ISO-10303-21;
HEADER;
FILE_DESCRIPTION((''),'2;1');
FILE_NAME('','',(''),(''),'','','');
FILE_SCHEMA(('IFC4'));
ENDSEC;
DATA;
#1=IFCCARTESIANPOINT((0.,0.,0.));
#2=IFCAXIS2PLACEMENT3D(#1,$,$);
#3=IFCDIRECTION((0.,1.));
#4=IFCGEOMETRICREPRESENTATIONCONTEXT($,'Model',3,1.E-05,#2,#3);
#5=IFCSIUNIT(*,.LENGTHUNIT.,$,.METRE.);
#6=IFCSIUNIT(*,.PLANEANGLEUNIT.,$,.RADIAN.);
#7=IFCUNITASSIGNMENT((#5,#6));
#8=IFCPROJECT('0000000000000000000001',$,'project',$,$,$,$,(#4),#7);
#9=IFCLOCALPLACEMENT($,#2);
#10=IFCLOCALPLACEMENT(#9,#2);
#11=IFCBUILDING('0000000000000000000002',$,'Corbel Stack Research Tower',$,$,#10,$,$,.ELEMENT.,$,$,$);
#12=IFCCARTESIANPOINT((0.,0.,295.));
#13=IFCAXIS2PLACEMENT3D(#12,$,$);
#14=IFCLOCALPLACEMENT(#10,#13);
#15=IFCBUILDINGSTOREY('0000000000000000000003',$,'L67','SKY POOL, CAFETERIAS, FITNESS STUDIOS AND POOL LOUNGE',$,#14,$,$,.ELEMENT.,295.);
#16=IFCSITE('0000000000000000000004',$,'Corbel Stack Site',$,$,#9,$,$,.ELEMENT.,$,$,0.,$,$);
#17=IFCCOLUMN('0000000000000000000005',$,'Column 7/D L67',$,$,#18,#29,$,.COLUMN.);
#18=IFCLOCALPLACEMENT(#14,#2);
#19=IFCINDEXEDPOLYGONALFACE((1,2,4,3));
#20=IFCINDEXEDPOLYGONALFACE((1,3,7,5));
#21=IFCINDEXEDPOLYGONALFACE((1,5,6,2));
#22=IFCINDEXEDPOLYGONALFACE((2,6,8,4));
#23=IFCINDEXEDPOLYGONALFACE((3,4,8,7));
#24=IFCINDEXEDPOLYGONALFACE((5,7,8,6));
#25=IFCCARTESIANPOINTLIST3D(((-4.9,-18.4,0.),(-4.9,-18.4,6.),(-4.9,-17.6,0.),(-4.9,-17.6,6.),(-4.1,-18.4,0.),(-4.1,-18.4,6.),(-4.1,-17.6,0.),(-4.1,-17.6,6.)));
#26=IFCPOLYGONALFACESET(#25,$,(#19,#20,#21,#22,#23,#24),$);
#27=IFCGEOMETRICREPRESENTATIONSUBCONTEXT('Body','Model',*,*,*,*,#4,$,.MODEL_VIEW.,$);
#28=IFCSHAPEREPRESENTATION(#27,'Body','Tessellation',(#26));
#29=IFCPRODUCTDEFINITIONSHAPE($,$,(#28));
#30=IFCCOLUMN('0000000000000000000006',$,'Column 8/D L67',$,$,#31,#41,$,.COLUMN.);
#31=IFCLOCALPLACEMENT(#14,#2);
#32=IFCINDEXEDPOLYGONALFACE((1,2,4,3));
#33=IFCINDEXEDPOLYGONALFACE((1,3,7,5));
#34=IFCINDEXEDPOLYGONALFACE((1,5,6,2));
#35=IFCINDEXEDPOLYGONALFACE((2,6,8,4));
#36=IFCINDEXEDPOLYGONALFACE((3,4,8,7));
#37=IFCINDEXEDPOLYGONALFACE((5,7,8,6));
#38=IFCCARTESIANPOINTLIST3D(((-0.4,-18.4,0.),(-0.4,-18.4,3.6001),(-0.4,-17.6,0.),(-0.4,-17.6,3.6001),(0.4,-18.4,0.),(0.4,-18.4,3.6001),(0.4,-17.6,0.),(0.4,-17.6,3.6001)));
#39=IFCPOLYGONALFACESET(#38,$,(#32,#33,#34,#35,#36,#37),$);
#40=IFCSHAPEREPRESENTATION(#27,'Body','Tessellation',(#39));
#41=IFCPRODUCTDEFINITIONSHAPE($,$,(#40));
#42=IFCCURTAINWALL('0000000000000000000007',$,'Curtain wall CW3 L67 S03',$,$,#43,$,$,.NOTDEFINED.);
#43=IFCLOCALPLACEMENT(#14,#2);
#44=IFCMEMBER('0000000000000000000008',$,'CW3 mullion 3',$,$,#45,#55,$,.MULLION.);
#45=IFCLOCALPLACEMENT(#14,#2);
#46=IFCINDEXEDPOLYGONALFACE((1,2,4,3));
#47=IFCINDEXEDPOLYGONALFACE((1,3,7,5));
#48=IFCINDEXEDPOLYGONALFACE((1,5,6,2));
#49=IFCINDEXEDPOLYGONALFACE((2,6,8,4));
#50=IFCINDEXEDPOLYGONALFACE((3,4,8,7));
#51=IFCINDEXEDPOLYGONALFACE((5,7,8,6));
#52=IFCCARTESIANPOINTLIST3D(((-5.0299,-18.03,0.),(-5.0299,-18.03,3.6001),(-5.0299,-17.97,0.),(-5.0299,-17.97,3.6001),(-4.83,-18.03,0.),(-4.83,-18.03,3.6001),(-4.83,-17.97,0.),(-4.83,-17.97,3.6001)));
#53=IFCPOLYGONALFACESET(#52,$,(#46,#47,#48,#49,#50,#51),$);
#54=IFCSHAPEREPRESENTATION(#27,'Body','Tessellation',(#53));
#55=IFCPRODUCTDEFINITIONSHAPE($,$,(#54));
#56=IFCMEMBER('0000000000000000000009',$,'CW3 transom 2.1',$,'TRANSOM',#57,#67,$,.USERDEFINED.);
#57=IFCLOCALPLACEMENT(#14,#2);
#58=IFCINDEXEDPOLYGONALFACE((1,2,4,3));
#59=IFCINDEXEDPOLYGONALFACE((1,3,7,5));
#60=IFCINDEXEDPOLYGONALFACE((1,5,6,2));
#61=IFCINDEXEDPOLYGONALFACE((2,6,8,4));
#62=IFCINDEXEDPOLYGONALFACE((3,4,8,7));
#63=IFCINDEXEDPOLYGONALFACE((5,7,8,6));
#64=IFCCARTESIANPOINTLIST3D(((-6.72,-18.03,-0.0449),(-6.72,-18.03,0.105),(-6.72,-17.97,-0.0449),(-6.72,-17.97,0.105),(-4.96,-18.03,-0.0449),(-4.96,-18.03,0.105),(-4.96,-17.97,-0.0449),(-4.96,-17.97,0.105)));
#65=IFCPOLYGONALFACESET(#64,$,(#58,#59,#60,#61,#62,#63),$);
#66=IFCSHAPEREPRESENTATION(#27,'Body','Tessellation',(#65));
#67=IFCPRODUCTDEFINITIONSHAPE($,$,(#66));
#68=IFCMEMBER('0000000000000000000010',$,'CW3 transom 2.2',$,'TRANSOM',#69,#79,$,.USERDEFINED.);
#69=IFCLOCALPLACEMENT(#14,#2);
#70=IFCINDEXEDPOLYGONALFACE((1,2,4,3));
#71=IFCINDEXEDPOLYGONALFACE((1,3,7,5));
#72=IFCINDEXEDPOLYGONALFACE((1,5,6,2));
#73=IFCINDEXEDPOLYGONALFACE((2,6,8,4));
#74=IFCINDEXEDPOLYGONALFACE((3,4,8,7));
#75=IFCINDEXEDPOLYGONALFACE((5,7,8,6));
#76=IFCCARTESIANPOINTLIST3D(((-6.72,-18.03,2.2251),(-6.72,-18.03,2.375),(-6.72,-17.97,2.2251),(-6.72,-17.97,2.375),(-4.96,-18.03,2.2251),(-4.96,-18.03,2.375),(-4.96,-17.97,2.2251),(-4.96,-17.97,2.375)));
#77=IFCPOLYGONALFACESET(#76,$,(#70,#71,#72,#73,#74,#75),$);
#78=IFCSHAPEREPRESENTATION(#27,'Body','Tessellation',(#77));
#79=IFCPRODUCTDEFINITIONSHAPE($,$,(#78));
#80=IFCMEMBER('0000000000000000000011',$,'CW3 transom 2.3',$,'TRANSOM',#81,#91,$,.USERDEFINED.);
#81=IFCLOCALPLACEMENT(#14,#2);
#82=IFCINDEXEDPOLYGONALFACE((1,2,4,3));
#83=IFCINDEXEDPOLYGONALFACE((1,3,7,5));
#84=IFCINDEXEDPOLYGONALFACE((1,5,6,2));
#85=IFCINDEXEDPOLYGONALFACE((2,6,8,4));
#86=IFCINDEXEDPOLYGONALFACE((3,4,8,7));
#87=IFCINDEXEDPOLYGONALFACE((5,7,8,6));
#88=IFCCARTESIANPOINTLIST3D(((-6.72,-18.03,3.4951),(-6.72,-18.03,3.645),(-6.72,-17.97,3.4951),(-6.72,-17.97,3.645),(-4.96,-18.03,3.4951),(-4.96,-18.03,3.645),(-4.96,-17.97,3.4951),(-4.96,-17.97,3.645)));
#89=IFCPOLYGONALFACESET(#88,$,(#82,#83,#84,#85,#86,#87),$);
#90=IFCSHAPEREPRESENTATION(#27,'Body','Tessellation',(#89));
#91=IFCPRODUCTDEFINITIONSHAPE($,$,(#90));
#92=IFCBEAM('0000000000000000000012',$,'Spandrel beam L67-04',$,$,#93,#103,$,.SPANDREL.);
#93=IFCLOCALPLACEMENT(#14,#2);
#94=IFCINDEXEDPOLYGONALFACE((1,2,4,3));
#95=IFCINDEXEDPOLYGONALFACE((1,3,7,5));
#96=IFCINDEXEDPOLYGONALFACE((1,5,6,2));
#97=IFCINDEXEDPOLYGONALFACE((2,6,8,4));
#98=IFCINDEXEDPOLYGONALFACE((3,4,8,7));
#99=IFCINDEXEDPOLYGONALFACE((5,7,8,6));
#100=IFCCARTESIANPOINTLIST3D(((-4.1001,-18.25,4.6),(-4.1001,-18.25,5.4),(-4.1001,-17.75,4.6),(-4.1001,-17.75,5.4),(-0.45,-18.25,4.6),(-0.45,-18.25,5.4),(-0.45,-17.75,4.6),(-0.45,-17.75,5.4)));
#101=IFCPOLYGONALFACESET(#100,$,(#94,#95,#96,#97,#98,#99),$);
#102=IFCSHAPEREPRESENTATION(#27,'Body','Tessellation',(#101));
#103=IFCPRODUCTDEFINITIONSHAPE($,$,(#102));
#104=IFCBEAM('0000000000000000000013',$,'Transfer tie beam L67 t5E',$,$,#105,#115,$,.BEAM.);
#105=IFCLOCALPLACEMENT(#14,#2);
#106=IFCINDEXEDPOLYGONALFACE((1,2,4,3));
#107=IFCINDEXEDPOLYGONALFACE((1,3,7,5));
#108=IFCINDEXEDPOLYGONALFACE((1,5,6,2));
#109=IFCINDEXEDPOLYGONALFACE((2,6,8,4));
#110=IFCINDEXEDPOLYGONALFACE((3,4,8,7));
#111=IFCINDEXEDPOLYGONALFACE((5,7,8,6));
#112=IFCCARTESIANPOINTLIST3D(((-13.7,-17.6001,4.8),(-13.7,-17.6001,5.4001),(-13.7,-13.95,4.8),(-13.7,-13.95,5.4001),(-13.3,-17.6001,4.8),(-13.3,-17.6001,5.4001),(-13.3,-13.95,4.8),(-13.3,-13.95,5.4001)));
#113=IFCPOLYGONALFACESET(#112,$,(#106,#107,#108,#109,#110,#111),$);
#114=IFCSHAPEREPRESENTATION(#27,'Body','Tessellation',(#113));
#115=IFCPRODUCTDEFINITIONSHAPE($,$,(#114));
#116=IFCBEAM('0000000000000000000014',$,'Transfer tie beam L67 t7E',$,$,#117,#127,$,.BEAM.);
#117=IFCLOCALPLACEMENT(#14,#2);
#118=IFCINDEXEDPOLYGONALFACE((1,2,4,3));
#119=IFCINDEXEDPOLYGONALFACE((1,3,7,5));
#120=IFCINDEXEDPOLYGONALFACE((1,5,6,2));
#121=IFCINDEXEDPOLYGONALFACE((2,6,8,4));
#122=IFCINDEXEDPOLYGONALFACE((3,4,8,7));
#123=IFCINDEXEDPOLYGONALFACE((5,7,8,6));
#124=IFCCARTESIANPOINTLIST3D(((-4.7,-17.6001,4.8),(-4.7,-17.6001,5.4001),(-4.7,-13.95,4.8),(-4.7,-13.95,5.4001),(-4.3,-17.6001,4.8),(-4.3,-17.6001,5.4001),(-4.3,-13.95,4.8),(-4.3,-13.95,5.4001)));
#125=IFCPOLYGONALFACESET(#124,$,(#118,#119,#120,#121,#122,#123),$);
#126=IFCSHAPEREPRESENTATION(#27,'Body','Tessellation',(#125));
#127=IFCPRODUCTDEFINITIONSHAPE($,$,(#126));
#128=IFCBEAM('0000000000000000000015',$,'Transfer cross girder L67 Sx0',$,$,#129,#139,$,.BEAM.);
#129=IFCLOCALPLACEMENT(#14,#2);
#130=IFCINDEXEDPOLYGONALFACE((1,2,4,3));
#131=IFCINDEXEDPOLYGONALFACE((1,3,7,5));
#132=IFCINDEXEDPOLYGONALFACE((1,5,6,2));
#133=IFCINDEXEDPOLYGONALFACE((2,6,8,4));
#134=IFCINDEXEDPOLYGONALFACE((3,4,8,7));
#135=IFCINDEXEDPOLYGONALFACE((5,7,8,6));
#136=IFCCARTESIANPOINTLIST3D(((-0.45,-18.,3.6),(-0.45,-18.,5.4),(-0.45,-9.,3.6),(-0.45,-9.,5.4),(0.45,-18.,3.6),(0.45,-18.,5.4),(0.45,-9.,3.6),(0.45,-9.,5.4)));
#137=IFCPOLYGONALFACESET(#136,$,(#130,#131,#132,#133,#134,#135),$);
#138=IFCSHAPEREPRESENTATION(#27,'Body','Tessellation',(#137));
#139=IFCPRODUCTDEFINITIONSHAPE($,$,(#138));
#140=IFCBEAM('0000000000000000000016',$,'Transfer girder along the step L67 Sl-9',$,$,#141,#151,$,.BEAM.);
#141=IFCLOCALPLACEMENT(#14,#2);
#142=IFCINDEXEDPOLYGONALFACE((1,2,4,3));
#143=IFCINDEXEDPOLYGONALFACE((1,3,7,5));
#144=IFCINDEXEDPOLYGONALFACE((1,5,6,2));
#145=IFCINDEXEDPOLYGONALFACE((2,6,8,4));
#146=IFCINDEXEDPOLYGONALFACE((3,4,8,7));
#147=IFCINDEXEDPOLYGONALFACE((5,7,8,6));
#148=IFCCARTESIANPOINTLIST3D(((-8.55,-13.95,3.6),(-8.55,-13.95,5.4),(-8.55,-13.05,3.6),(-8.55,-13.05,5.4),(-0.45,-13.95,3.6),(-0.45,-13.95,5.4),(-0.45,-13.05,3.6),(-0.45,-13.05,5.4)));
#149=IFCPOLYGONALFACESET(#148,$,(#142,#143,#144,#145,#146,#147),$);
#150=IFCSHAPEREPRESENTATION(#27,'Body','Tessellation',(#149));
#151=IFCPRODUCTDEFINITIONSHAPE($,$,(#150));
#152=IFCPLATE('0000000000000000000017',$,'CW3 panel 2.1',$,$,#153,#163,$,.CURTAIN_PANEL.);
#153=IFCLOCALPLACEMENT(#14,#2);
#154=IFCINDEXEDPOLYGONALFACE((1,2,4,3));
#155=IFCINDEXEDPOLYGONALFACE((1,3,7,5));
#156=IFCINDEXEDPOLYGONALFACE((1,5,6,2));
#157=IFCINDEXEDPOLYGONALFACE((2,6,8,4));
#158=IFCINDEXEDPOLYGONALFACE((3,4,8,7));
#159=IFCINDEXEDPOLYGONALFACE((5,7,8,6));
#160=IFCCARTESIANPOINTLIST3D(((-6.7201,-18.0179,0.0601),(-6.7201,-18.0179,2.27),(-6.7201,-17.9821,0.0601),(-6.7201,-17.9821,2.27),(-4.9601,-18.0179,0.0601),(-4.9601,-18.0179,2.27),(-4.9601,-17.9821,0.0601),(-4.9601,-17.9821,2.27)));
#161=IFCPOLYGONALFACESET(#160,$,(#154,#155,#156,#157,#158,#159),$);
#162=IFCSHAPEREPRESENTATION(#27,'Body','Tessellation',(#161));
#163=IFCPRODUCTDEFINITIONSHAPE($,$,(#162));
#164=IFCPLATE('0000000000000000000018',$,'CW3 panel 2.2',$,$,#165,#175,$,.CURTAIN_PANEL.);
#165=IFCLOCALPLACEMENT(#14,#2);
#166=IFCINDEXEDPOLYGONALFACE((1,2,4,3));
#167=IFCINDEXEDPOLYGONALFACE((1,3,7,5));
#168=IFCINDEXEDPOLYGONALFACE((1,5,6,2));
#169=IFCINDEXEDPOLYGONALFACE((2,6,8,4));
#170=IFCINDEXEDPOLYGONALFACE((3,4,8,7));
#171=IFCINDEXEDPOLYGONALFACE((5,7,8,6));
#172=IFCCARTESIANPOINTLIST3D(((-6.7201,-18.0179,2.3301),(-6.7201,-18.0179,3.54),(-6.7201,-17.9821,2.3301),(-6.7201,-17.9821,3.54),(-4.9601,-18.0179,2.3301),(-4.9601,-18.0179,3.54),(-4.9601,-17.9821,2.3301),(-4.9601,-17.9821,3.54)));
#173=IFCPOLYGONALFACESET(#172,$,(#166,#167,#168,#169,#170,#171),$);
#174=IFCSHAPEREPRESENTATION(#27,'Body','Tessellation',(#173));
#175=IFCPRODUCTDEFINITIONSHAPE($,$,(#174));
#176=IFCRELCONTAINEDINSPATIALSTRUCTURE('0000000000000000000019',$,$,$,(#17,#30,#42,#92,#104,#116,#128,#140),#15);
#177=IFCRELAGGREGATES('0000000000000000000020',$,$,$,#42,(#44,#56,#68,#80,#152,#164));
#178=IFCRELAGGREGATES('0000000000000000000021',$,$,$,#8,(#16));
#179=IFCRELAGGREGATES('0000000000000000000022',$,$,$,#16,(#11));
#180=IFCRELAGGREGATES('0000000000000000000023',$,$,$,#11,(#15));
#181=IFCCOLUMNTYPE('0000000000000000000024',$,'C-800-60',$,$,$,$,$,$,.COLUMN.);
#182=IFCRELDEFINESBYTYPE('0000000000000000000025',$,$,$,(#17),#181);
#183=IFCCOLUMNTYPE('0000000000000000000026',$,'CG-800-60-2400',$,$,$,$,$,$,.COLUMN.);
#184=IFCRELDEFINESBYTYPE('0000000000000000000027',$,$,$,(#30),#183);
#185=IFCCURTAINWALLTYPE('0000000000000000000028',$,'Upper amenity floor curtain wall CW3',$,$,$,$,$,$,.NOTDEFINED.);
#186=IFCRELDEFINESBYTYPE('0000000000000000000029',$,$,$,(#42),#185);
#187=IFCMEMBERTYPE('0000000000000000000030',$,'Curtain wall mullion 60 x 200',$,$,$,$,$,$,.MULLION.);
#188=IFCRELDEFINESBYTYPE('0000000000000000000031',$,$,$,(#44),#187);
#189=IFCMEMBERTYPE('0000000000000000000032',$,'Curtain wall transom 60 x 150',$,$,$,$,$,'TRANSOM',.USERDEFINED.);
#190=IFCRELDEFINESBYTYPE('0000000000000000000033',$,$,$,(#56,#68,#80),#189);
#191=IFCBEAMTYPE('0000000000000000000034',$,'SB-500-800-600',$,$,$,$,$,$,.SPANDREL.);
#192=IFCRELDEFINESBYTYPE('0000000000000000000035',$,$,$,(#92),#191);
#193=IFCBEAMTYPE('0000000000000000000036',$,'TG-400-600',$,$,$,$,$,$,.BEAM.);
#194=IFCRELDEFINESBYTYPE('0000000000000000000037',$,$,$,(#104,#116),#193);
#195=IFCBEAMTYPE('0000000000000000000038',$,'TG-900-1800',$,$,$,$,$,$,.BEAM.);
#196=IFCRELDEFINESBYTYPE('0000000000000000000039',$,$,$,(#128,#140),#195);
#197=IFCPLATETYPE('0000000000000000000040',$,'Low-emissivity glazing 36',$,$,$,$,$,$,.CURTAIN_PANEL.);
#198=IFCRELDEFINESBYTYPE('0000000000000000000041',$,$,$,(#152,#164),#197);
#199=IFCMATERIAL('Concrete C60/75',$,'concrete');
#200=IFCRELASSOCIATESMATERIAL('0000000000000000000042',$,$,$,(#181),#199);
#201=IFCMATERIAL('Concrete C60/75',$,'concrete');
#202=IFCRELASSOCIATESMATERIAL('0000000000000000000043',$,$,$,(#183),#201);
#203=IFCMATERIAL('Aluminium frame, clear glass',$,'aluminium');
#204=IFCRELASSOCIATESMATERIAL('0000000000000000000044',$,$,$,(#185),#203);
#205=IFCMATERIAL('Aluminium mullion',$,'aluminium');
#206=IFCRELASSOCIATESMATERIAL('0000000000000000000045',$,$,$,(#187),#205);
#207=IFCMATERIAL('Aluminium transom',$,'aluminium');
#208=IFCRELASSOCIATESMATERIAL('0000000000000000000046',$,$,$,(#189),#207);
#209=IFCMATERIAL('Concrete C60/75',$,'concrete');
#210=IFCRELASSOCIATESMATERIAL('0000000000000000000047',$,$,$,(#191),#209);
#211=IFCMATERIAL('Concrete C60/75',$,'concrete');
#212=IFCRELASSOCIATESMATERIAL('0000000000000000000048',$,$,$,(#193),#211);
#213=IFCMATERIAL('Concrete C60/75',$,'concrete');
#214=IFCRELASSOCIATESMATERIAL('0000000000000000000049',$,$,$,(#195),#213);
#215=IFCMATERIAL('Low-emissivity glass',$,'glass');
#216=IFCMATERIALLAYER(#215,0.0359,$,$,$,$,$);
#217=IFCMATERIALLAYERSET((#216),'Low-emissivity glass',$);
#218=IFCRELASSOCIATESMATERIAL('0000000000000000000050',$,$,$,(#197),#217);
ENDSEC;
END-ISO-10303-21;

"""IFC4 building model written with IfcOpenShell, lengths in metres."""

from ifc_helpers import new_model, si_unit, direction, frame, origin, origin_2d, place, context, subcontext, project, spatial, rectangle, extrude, material, layer, layer_set, material_profile, profile_set, type_object, element, aggregate, save


model = new_model("IFC4")

# Units and contexts
model_context = context("Model", 3, precision=1e-05, world=origin(), true_north=direction((0.0, 1.0)))
body_context = subcontext(model_context, "Body", "Model", "MODEL_VIEW")
ifc_project = project(units=[si_unit("LENGTHUNIT", "METRE"), si_unit("PLANEANGLEUNIT", "RADIAN")], contexts=[model_context])

# Site, building, storey
site_placement = place(None, origin())
site = spatial("IfcSite", under=ifc_project, at=site_placement, Name="Corbel Stack Site", CompositionType="ELEMENT", RefElevation=0.0)
building_placement = place(site_placement, origin())
building = spatial("IfcBuilding", under=site, at=building_placement, Name="Corbel Stack Research Tower", CompositionType="ELEMENT")
storey_placement = place(building_placement, frame((0.0, 0.0, 295.0)))
storey = spatial("IfcBuildingStorey", under=building, at=storey_placement, Name="L67", Description="SKY POOL, CAFETERIAS, FITNESS STUDIOS AND POOL LOUNGE", CompositionType="ELEMENT", Elevation=295.0)

# Columns
ifc_material_1 = material(Name="Concrete C60/75", Category="concrete")
ifc_material_profile_1 = material_profile(ifc_material_1, rectangle(XDim=0.8, YDim=0.8, at=origin_2d()), Name="RC 800 x 800")
ifc_profile_set_1 = profile_set([ifc_material_profile_1], Name="Concrete C60/75")
column_type_1 = type_object("IfcColumnType", Name="C-800-60", PredefinedType="COLUMN", material=ifc_profile_set_1)
column_1_placement = place(storey_placement, frame((-4.5, -18.0, 0.0), z_axis=(0.0, 0.0, 1.0), x_axis=(1.0, 0.0, 0.0)))
element("IfcColumn", 1, at=column_1_placement, inside=storey, type_object=column_type_1, Name="Column 7/D L67", PredefinedType="COLUMN", context=body_context, shape_type="SweptSolid", body=[
    extrude(rectangle(XDim=0.8, YDim=0.8, at=origin_2d()), origin(), (0.0, 0.0, 1.0), 6.0),
])
ifc_material_2 = material(Name="Concrete C60/75", Category="concrete")
ifc_material_profile_2 = material_profile(ifc_material_2, rectangle(XDim=0.8, YDim=0.8, at=origin_2d()), Name="RC 800 x 800")
ifc_profile_set_2 = profile_set([ifc_material_profile_2], Name="Concrete C60/75")
column_type_2 = type_object("IfcColumnType", Name="CG-800-60-2400", PredefinedType="COLUMN", material=ifc_profile_set_2)
column_2_placement = place(storey_placement, frame((0.0, -18.0, 0.0), z_axis=(0.0, 0.0, 1.0), x_axis=(1.0, 0.0, 0.0)))
element("IfcColumn", 2, at=column_2_placement, inside=storey, type_object=column_type_2, Name="Column 8/D L67", PredefinedType="COLUMN", context=body_context, shape_type="SweptSolid", body=[
    extrude(rectangle(XDim=0.8, YDim=0.8, at=origin_2d()), origin(), (0.0, 0.0, 1.0), 3.6001),
])

# Curtain wall, members
ifc_material_3 = material(Name="Aluminium frame, clear glass", Category="aluminium")
curtain_wall_type = type_object("IfcCurtainWallType", Name="Upper amenity floor curtain wall CW3", PredefinedType="NOTDEFINED", material=ifc_material_3)
curtain_wall_placement = place(storey_placement, origin())
curtain_wall = element("IfcCurtainWall", 3, at=curtain_wall_placement, inside=storey, type_object=curtain_wall_type, Name="Curtain wall CW3 L67 S03", PredefinedType="NOTDEFINED")
ifc_material_4 = material(Name="Aluminium mullion", Category="aluminium")
ifc_material_profile_3 = material_profile(ifc_material_4, rectangle(XDim=0.0601, YDim=0.2, at=origin_2d()), Name="Mullion 60 x 200")
ifc_profile_set_3 = profile_set([ifc_material_profile_3], Name="Aluminium mullion")
member_type_1 = type_object("IfcMemberType", Name="Curtain wall mullion 60 x 200", PredefinedType="MULLION", material=ifc_profile_set_3)
member_1_placement = place(storey_placement, frame((-4.9299, -18.0, 0.0), z_axis=(0.0, 0.0, 1.0), x_axis=(0.0, 1.0, 0.0)))
member_1 = element("IfcMember", 4, at=member_1_placement, type_object=member_type_1, Name="CW3 mullion 3", PredefinedType="MULLION", context=body_context, shape_type="SweptSolid", body=[
    extrude(rectangle(XDim=0.0601, YDim=0.2, at=origin_2d()), origin(), (0.0, 0.0, 1.0), 3.6001),
])
ifc_material_5 = material(Name="Aluminium transom", Category="aluminium")
ifc_material_profile_4 = material_profile(ifc_material_5, rectangle(XDim=0.0601, YDim=0.1499, at=origin_2d()), Name="Transom 60 x 150")
ifc_profile_set_4 = profile_set([ifc_material_profile_4], Name="Aluminium transom")
member_type_2 = type_object("IfcMemberType", Name="Curtain wall transom 60 x 150", ElementType="TRANSOM", PredefinedType="USERDEFINED", material=ifc_profile_set_4)
member_2_placement = place(storey_placement, frame((-6.72, -18.0, 0.03), z_axis=(1.0, 0.0, 0.0), x_axis=(0.0, 1.0, 0.0)))
member_2 = element("IfcMember", 5, at=member_2_placement, type_object=member_type_2, Name="CW3 transom 2.1", ObjectType="TRANSOM", PredefinedType="USERDEFINED", context=body_context, shape_type="SweptSolid", body=[
    extrude(rectangle(XDim=0.0601, YDim=0.1499, at=origin_2d()), origin(), (0.0, 0.0, 1.0), 1.76),
])
member_3_placement = place(storey_placement, frame((-6.72, -18.0, 2.3), z_axis=(1.0, 0.0, 0.0), x_axis=(0.0, 1.0, 0.0)))
member_3 = element("IfcMember", 6, at=member_3_placement, type_object=member_type_2, Name="CW3 transom 2.2", ObjectType="TRANSOM", PredefinedType="USERDEFINED", context=body_context, shape_type="SweptSolid", body=[
    extrude(rectangle(XDim=0.0601, YDim=0.1499, at=origin_2d()), origin(), (0.0, 0.0, 1.0), 1.76),
])
member_4_placement = place(storey_placement, frame((-6.72, -18.0, 3.5701), z_axis=(1.0, 0.0, 0.0), x_axis=(0.0, 1.0, 0.0)))
member_4 = element("IfcMember", 7, at=member_4_placement, type_object=member_type_2, Name="CW3 transom 2.3", ObjectType="TRANSOM", PredefinedType="USERDEFINED", context=body_context, shape_type="SweptSolid", body=[
    extrude(rectangle(XDim=0.0601, YDim=0.1499, at=origin_2d()), origin(), (0.0, 0.0, 1.0), 1.76),
])

# Beams
ifc_material_6 = material(Name="Concrete C60/75", Category="concrete")
ifc_material_profile_5 = material_profile(ifc_material_6, rectangle(XDim=0.5, YDim=0.8, at=origin_2d()), Name="RC 500 x 800")
ifc_profile_set_5 = profile_set([ifc_material_profile_5], Name="Concrete C60/75")
beam_type_1 = type_object("IfcBeamType", Name="SB-500-800-600", PredefinedType="SPANDREL", material=ifc_profile_set_5)
beam_1_placement = place(storey_placement, frame((-4.1001, -18.0, 5.0), z_axis=(1.0, 0.0, 0.0), x_axis=(0.0, 1.0, 0.0)))
element("IfcBeam", 8, at=beam_1_placement, inside=storey, type_object=beam_type_1, Name="Spandrel beam L67-04", PredefinedType="SPANDREL", context=body_context, shape_type="SweptSolid", body=[
    extrude(rectangle(XDim=0.5, YDim=0.8, at=origin_2d()), origin(), (0.0, 0.0, 1.0), 3.6501),
])
ifc_material_7 = material(Name="Concrete C60/75", Category="concrete")
ifc_material_profile_6 = material_profile(ifc_material_7, rectangle(XDim=0.3999, YDim=0.6001, at=origin_2d()), Name="RC 400 x 600")
ifc_profile_set_6 = profile_set([ifc_material_profile_6], Name="Concrete C60/75")
beam_type_2 = type_object("IfcBeamType", Name="TG-400-600", PredefinedType="BEAM", material=ifc_profile_set_6)
for number, where, z_axis, x_axis, name in (
    (9, (-13.5, -13.95, 5.1001), (0.0, -1.0, 0.0), (1.0, 0.0, 0.0), "Transfer tie beam L67 t5E"),
    (10, (-4.5, -13.95, 5.1001), (0.0, -1.0, 0.0), (1.0, 0.0, 0.0), "Transfer tie beam L67 t7E"),
):
    element("IfcBeam", number, at=place(storey_placement, frame(where, z_axis=z_axis, x_axis=x_axis)), inside=storey, type_object=beam_type_2, Name=name, PredefinedType="BEAM", context=body_context, shape_type="SweptSolid", body=[
        extrude(rectangle(XDim=0.3999, YDim=0.6001, at=origin_2d()), origin(), (0.0, 0.0, 1.0), 3.6501),
    ])
ifc_material_8 = material(Name="Concrete C60/75", Category="concrete")
ifc_material_profile_7 = material_profile(ifc_material_8, rectangle(XDim=0.8999, YDim=1.8, at=origin_2d()), Name="RC 900 x 1800")
ifc_profile_set_7 = profile_set([ifc_material_profile_7], Name="Concrete C60/75")
beam_type_3 = type_object("IfcBeamType", Name="TG-900-1800", PredefinedType="BEAM", material=ifc_profile_set_7)
beam_2_placement = place(storey_placement, frame((0.0, -18.0, 4.5), z_axis=(0.0, 1.0, 0.0), x_axis=(-1.0, 0.0, 0.0)))
element("IfcBeam", 11, at=beam_2_placement, inside=storey, type_object=beam_type_3, Name="Transfer cross girder L67 Sx0", PredefinedType="BEAM", context=body_context, shape_type="SweptSolid", body=[
    extrude(rectangle(XDim=0.8999, YDim=1.8, at=origin_2d()), origin(), (0.0, 0.0, 1.0), 9.0),
])
beam_3_placement = place(storey_placement, frame((-8.55, -13.5, 4.5), z_axis=(1.0, 0.0, 0.0), x_axis=(0.0, 1.0, 0.0)))
element("IfcBeam", 12, at=beam_3_placement, inside=storey, type_object=beam_type_3, Name="Transfer girder along the step L67 Sl-9", PredefinedType="BEAM", context=body_context, shape_type="SweptSolid", body=[
    extrude(rectangle(XDim=0.8999, YDim=1.8, at=origin_2d()), origin(), (0.0, 0.0, 1.0), 8.1001),
])

# Plates
ifc_material_9 = material(Name="Low-emissivity glass", Category="glass")
ifc_layer_1 = layer(ifc_material_9, 0.0359)
ifc_layer_set_1 = layer_set([ifc_layer_1], Name="Low-emissivity glass")
plate_type = type_object("IfcPlateType", Name="Low-emissivity glazing 36", PredefinedType="CURTAIN_PANEL", material=ifc_layer_set_1)
plate_1_placement = place(storey_placement, frame((-5.8401, -18.0, 0.0601), z_axis=(0.0, 0.0, 1.0), x_axis=(1.0, 0.0, 0.0)))
plate_1 = element("IfcPlate", 13, at=plate_1_placement, type_object=plate_type, Name="CW3 panel 2.1", PredefinedType="CURTAIN_PANEL", context=body_context, shape_type="SweptSolid", body=[
    extrude(rectangle(XDim=1.76, YDim=0.0359, at=origin_2d()), origin(), (0.0, 0.0, 1.0), 2.21),
])
plate_2_placement = place(storey_placement, frame((-5.8401, -18.0, 2.3301), z_axis=(0.0, 0.0, 1.0), x_axis=(1.0, 0.0, 0.0)))
plate_2 = element("IfcPlate", 14, at=plate_2_placement, type_object=plate_type, Name="CW3 panel 2.2", PredefinedType="CURTAIN_PANEL", context=body_context, shape_type="SweptSolid", body=[
    extrude(rectangle(XDim=1.76, YDim=0.0359, at=origin_2d()), origin(), (0.0, 0.0, 1.0), 1.21),
])
aggregate(curtain_wall, [member_1, member_2, member_3, member_4, plate_1, plate_2])

save(model, "model.ifc")
